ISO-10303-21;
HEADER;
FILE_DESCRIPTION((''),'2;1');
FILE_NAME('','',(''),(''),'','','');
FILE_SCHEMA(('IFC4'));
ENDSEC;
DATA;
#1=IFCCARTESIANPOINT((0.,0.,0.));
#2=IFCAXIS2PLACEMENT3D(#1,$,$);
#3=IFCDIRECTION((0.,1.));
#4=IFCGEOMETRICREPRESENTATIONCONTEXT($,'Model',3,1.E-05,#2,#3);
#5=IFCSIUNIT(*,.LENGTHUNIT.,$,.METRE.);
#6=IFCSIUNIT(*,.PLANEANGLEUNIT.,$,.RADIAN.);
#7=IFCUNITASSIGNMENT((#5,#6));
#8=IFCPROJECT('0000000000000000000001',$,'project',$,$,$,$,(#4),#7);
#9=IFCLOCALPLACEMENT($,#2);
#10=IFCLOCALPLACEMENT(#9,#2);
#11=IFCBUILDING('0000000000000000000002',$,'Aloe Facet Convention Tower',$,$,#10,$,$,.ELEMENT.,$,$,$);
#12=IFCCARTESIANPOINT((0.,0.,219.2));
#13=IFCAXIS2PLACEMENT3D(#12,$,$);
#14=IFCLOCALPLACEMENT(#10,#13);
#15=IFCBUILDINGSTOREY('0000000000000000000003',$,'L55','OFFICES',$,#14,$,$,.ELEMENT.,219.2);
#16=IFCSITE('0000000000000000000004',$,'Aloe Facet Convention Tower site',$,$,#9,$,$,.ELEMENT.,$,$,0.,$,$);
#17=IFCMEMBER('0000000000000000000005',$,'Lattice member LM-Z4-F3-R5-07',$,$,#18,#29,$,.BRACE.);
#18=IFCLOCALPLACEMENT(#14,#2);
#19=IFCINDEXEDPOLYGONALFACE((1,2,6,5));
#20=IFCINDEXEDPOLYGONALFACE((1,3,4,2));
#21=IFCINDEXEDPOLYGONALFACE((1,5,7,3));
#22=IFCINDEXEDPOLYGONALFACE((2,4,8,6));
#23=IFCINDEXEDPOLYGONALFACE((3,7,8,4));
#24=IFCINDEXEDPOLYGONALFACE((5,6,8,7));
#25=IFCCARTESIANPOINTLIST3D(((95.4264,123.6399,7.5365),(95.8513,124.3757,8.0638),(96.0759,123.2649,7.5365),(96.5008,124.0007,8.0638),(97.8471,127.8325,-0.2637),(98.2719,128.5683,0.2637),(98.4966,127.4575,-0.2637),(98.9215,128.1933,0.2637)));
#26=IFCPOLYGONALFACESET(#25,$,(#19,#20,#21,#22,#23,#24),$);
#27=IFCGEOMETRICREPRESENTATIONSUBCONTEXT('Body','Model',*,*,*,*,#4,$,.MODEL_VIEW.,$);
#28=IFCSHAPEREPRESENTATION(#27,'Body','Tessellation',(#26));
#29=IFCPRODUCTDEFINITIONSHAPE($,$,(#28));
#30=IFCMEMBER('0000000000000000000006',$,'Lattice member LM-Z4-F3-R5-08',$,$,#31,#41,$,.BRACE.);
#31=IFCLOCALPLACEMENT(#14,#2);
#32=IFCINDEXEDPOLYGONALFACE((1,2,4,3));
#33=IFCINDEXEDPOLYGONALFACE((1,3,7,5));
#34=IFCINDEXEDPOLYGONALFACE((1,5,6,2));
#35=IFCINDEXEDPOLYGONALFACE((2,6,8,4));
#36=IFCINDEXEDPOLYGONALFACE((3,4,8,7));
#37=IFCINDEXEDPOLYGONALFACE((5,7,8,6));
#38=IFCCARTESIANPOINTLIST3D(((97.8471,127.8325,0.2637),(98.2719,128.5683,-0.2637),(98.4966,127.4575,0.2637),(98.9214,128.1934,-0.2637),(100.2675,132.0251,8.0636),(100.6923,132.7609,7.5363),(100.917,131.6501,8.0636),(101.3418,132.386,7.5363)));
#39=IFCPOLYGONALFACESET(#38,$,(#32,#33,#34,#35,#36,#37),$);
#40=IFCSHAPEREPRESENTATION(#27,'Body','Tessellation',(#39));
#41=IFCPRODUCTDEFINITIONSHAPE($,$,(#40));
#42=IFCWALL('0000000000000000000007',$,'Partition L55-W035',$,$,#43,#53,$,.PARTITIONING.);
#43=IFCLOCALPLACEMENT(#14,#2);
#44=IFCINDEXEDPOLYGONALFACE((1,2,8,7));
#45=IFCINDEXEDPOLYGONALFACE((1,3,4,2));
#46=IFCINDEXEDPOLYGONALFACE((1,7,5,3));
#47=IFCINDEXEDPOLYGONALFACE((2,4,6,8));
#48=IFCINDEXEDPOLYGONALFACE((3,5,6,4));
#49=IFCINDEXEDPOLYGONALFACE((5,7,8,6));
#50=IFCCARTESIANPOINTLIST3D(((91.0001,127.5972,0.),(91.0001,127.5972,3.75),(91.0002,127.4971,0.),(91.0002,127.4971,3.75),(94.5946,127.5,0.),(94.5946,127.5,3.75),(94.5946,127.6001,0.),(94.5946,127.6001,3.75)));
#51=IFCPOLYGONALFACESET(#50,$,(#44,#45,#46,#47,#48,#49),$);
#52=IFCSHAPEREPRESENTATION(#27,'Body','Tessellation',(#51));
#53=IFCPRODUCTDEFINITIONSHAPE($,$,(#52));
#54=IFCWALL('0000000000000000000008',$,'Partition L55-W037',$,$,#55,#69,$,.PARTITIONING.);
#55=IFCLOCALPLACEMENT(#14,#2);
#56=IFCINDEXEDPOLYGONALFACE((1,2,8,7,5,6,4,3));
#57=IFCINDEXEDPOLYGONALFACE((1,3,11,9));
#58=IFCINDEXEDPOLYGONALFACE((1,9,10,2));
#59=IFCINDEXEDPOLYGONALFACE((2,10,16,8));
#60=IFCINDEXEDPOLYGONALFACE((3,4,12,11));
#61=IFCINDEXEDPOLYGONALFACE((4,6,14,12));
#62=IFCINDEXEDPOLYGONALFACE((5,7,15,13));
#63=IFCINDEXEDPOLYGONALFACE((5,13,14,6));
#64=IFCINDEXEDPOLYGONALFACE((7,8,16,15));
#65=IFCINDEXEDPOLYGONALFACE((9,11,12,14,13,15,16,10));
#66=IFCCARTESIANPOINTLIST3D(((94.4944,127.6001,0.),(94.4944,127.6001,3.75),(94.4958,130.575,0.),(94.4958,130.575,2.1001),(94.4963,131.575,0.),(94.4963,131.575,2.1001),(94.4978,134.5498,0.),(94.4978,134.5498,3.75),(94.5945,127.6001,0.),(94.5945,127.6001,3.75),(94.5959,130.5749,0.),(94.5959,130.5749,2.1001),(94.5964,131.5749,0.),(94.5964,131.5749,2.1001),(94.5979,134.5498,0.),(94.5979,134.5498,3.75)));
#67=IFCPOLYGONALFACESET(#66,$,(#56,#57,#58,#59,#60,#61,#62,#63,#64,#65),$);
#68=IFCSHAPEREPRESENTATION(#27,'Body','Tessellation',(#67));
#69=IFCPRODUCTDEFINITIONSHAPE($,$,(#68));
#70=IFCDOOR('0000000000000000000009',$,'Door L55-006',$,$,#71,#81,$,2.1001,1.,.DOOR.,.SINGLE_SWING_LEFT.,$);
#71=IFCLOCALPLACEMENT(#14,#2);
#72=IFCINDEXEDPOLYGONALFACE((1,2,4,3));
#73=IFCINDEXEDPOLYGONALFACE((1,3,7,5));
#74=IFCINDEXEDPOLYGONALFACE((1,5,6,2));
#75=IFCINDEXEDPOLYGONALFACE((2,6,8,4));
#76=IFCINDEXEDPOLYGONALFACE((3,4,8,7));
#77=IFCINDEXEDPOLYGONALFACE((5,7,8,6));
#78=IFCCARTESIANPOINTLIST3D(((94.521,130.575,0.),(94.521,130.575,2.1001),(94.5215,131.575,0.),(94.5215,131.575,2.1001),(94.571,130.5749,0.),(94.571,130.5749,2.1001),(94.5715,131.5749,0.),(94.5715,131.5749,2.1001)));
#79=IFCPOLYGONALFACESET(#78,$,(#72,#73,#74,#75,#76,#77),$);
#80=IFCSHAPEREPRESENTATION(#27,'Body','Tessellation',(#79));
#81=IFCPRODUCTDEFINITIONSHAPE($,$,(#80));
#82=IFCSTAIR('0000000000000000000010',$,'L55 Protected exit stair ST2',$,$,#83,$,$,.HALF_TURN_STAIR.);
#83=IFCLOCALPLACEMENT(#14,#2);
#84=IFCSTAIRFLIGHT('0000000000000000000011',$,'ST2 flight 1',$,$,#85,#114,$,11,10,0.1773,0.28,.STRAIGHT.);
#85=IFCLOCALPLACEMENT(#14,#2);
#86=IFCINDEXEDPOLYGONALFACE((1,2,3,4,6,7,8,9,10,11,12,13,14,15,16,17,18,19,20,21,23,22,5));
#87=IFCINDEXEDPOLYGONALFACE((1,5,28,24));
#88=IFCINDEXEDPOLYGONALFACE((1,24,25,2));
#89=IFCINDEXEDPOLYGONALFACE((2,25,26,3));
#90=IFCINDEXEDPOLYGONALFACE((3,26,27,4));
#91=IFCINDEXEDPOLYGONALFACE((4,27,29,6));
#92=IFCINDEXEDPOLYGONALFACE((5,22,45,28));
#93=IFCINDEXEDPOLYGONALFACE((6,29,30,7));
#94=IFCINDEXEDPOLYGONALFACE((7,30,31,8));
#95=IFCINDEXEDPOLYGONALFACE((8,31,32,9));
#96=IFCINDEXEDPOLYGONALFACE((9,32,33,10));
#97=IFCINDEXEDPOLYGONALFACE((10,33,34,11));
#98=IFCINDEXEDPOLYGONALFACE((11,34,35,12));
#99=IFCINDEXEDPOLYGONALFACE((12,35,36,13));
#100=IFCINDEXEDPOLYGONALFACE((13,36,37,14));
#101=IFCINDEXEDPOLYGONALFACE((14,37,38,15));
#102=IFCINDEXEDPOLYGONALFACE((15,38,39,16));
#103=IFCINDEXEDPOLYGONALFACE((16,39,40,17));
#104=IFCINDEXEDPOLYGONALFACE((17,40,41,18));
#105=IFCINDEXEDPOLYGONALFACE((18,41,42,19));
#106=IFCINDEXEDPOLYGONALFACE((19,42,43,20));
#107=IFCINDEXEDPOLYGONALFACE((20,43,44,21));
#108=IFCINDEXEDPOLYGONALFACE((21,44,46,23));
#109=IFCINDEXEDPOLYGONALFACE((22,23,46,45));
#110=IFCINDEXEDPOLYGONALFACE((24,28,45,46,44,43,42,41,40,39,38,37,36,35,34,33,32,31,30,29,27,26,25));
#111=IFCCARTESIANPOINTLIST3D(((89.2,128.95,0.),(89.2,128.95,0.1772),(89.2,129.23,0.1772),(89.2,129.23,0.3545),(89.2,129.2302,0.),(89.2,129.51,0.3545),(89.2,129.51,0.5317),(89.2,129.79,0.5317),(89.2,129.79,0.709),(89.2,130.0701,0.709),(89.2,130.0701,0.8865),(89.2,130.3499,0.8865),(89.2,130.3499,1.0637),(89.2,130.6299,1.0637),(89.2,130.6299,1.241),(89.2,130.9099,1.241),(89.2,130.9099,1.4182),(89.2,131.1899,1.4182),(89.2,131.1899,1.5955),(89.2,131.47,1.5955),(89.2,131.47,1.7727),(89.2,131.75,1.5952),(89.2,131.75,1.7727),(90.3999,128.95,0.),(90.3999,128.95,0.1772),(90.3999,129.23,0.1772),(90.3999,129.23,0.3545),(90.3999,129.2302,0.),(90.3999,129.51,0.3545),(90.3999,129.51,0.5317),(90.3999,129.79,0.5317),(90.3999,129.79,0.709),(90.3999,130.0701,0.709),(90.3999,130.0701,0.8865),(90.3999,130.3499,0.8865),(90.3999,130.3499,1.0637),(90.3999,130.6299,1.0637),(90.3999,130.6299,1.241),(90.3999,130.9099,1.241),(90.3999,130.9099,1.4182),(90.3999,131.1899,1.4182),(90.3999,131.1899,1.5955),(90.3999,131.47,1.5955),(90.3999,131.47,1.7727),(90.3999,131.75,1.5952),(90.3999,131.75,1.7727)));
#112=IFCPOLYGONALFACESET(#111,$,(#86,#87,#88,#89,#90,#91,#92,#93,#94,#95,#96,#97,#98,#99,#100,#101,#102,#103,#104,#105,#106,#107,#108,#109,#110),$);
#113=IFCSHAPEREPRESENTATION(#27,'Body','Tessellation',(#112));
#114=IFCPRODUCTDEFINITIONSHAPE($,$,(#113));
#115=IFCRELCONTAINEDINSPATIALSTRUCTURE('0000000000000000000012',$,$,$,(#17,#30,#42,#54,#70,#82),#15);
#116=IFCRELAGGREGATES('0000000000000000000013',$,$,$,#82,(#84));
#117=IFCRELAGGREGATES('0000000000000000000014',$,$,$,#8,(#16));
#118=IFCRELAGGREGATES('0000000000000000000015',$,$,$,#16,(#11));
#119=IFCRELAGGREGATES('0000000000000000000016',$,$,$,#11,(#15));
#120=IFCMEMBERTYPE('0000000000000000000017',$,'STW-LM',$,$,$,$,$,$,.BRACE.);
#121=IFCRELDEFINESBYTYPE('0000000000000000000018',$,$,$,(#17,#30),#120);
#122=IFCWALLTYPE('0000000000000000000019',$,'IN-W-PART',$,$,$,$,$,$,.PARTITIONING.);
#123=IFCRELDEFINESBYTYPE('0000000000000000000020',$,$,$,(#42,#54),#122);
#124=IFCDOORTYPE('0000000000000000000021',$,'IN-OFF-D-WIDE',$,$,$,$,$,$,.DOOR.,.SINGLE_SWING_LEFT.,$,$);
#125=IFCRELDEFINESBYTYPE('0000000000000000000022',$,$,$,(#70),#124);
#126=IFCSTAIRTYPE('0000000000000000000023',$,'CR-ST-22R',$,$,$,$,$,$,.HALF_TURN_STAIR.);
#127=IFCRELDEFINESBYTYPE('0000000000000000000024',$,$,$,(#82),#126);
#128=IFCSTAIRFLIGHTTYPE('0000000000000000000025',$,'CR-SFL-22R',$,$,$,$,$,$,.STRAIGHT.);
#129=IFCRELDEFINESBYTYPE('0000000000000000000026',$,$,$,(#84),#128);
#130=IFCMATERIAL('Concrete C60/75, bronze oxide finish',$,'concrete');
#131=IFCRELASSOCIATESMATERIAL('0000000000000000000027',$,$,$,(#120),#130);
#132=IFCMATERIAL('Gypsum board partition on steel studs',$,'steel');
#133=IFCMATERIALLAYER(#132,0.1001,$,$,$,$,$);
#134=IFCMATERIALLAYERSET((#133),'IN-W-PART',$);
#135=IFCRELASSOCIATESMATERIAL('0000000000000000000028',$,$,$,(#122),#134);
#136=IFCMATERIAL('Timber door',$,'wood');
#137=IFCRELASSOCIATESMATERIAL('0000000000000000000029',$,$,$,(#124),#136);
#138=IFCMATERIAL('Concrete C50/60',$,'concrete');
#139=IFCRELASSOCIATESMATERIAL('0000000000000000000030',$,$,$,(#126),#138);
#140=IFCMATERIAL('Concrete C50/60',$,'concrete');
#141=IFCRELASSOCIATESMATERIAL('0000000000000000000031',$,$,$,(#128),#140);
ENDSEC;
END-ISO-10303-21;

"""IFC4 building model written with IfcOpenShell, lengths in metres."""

from ifc_helpers import new_model, si_unit, direction, frame, frame_2d, origin, origin_2d, place, context, subcontext, project, spatial, polyline, rectangle, outline, extrude, material, layer, layer_set, material_profile, profile_set, type_object, element, fill, aggregate, save


model = new_model("IFC4")

# Units and contexts
model_context = context("Model", 3, precision=1e-05, world=origin(), true_north=direction((0.0, 1.0)))
body_context = subcontext(model_context, "Body", "Model", "MODEL_VIEW")
ifc_project = project(units=[si_unit("LENGTHUNIT", "METRE"), si_unit("PLANEANGLEUNIT", "RADIAN")], contexts=[model_context])

# Site, building, storey
site_placement = place(None, origin())
site = spatial("IfcSite", under=ifc_project, at=site_placement, Name="Aloe Facet Convention Tower site", CompositionType="ELEMENT", RefElevation=0.0)
building_placement = place(site_placement, origin())
building = spatial("IfcBuilding", under=site, at=building_placement, Name="Aloe Facet Convention Tower", CompositionType="ELEMENT")
storey_placement = place(building_placement, frame((0.0, 0.0, 219.2)))
storey = spatial("IfcBuildingStorey", under=building, at=storey_placement, Name="L55", Description="OFFICES", CompositionType="ELEMENT", Elevation=219.2)

# Members
ifc_material_1 = material(Name="Concrete C60/75, bronze oxide finish", Category="concrete")
ifc_material_profile_1 = material_profile(ifc_material_1, rectangle(XDim=0.75, YDim=1.0, at=origin_2d()), Name="STW-LM")
ifc_profile_set_1 = profile_set([ifc_material_profile_1], Name="Concrete C60/75, bronze oxide finish")
member_type = type_object("IfcMemberType", Name="STW-LM", PredefinedType="BRACE", material=ifc_profile_set_1)
member_1_placement = place(storey_placement, frame((98.3843, 128.0129, 0.0), z_axis=(-0.263678, -0.456697, 0.849648), x_axis=(0.866022, -0.500006, 0.0)))
element("IfcMember", 1, at=member_1_placement, inside=storey, type_object=member_type, Name="Lattice member LM-Z4-F3-R5-07", PredefinedType="BRACE", context=body_context, shape_type="SweptSolid", body=[
    extrude(rectangle(XDim=0.75, YDim=1.0, at=origin_2d()), origin(), (0.0, 0.0, 1.0), 9.1804),
])
member_2_placement = place(storey_placement, frame((98.3843, 128.0129, 0.0), z_axis=(0.263654, 0.4567, 0.849654), x_axis=(-0.866044, 0.499968, 0.0)))
element("IfcMember", 2, at=member_2_placement, inside=storey, type_object=member_type, Name="Lattice member LM-Z4-F3-R5-08", PredefinedType="BRACE", context=body_context, shape_type="SweptSolid", body=[
    extrude(rectangle(XDim=0.75, YDim=1.0, at=origin_2d()), origin(), (0.0, 0.0, 1.0), 9.1802),
])

# Wall
ifc_material_2 = material(Name="Gypsum board partition on steel studs", Category="steel")
ifc_layer = layer(ifc_material_2, 0.1001)
ifc_layer_set = layer_set([ifc_layer], Name="IN-W-PART")
wall_type = type_object("IfcWallType", Name="IN-W-PART", PredefinedType="PARTITIONING", material=ifc_layer_set)
wall_1_placement = place(storey_placement, frame((91.0, 127.5471, 0.0), z_axis=(0.0, 0.0, 1.0), x_axis=(1.0, 0.000815, 0.0)))
element("IfcWall", 3, at=wall_1_placement, inside=storey, type_object=wall_type, Name="Partition L55-W035", PredefinedType="PARTITIONING", context=body_context, shape_type="SweptSolid", body=[
    extrude(rectangle(XDim=3.5945, YDim=0.1001, at=frame_2d((1.7974, 0.0))), origin(), (0.0, 0.0, 1.0), 3.75),
])

# Wall, opening, door
wall_2_placement = place(storey_placement, frame((94.5444, 127.6001, 0.0), z_axis=(0.0, 0.0, 1.0), x_axis=(0.000492, 1.0, 0.0)))
wall_2 = element("IfcWall", 4, at=wall_2_placement, inside=storey, type_object=wall_type, Name="Partition L55-W037", PredefinedType="PARTITIONING", context=body_context, shape_type="SweptSolid", body=[
    extrude(rectangle(XDim=6.9497, YDim=0.1001, at=frame_2d((3.4749, 0.0))), origin(), (0.0, 0.0, 1.0), 3.75),
])
opening_placement = place(wall_2_placement, frame((2.9749, 0.0, 0.0)))
opening = element("IfcOpeningElement", 5, at=opening_placement, cuts=wall_2, PredefinedType="OPENING", context=body_context, shape_type="SweptSolid", body=[
    extrude(rectangle(XDim=1.0, YDim=2.1001, at=frame_2d((0.5, 1.05))), frame((0.0, 0.0601, 0.0), z_axis=(0.0, -1.0, 0.0), x_axis=(1.0, 0.0, 0.0)), (0.0, 0.0, 1.0), 0.1201),
])
ifc_material_3 = material(Name="Timber door", Category="wood")
door_type = type_object("IfcDoorType", Name="IN-OFF-D-WIDE", OperationType="SINGLE_SWING_LEFT", PredefinedType="DOOR", material=ifc_material_3)
door_placement = place(opening_placement, origin())
door = element("IfcDoor", 6, at=door_placement, inside=storey, type_object=door_type, Name="Door L55-006", OperationType="SINGLE_SWING_LEFT", OverallHeight=2.1001, OverallWidth=1.0, PredefinedType="DOOR", context=body_context, shape_type="SweptSolid", body=[
    extrude(rectangle(XDim=1.0, YDim=2.1001, at=frame_2d((0.5, 1.05))), frame((0.0, 0.0249, 0.0), z_axis=(0.0, -1.0, 0.0), x_axis=(1.0, 0.0, 0.0)), (0.0, 0.0, 1.0), 0.05),
])
fill(opening, door)

# Stair, stair flight
ifc_material_4 = material(Name="Concrete C50/60", Category="concrete")
stair_type = type_object("IfcStairType", Name="CR-ST-22R", PredefinedType="HALF_TURN_STAIR", material=ifc_material_4)
stair_placement = place(storey_placement, origin())
stair = element("IfcStair", 7, at=stair_placement, inside=storey, type_object=stair_type, Name="L55 Protected exit stair ST2", PredefinedType="HALF_TURN_STAIR")
ifc_material_5 = material(Name="Concrete C50/60", Category="concrete")
stair_flight_type = type_object("IfcStairFlightType", Name="CR-SFL-22R", PredefinedType="STRAIGHT", material=ifc_material_5)
stair_flight_placement = place(storey_placement, frame((89.8, 128.95, 0.0), z_axis=(0.0, 0.0, 1.0), x_axis=(0.0, 1.0, 0.0)))
stair_flight = element("IfcStairFlight", 8, at=stair_flight_placement, type_object=stair_flight_type, Name="ST2 flight 1", NumberOfRisers=11, NumberOfTreads=10, PredefinedType="STRAIGHT", RiserHeight=0.1773, TreadLength=0.28, context=body_context, shape_type="SweptSolid", body=[
    extrude(outline(polyline([(0.0, 0.0), (0.0, 0.1772), (0.28, 0.1772), (0.28, 0.3545), (0.5601, 0.3545), (0.5601, 0.5317), (0.8401, 0.5317), (0.8401, 0.709), (1.1201, 0.709), (1.1201, 0.8865), (1.3999, 0.8865), (1.3999, 1.0637), (1.6799, 1.0637), (1.6799, 1.241), (1.96, 1.241), (1.96, 1.4182), (2.24, 1.4182), (2.24, 1.5955), (2.52, 1.5955), (2.52, 1.7727), (2.8, 1.7727), (2.8, 1.95), (2.8, 1.5952), (0.2803, 0.0), (0.0, 0.0)])), frame((0.0, 0.6001, 0.0), z_axis=(0.0, -1.0, 0.0), x_axis=(1.0, 0.0, 0.0)), (0.0, 0.0, 1.0), 1.2),
])
aggregate(stair, [stair_flight])

save(model, "model.ifc")
